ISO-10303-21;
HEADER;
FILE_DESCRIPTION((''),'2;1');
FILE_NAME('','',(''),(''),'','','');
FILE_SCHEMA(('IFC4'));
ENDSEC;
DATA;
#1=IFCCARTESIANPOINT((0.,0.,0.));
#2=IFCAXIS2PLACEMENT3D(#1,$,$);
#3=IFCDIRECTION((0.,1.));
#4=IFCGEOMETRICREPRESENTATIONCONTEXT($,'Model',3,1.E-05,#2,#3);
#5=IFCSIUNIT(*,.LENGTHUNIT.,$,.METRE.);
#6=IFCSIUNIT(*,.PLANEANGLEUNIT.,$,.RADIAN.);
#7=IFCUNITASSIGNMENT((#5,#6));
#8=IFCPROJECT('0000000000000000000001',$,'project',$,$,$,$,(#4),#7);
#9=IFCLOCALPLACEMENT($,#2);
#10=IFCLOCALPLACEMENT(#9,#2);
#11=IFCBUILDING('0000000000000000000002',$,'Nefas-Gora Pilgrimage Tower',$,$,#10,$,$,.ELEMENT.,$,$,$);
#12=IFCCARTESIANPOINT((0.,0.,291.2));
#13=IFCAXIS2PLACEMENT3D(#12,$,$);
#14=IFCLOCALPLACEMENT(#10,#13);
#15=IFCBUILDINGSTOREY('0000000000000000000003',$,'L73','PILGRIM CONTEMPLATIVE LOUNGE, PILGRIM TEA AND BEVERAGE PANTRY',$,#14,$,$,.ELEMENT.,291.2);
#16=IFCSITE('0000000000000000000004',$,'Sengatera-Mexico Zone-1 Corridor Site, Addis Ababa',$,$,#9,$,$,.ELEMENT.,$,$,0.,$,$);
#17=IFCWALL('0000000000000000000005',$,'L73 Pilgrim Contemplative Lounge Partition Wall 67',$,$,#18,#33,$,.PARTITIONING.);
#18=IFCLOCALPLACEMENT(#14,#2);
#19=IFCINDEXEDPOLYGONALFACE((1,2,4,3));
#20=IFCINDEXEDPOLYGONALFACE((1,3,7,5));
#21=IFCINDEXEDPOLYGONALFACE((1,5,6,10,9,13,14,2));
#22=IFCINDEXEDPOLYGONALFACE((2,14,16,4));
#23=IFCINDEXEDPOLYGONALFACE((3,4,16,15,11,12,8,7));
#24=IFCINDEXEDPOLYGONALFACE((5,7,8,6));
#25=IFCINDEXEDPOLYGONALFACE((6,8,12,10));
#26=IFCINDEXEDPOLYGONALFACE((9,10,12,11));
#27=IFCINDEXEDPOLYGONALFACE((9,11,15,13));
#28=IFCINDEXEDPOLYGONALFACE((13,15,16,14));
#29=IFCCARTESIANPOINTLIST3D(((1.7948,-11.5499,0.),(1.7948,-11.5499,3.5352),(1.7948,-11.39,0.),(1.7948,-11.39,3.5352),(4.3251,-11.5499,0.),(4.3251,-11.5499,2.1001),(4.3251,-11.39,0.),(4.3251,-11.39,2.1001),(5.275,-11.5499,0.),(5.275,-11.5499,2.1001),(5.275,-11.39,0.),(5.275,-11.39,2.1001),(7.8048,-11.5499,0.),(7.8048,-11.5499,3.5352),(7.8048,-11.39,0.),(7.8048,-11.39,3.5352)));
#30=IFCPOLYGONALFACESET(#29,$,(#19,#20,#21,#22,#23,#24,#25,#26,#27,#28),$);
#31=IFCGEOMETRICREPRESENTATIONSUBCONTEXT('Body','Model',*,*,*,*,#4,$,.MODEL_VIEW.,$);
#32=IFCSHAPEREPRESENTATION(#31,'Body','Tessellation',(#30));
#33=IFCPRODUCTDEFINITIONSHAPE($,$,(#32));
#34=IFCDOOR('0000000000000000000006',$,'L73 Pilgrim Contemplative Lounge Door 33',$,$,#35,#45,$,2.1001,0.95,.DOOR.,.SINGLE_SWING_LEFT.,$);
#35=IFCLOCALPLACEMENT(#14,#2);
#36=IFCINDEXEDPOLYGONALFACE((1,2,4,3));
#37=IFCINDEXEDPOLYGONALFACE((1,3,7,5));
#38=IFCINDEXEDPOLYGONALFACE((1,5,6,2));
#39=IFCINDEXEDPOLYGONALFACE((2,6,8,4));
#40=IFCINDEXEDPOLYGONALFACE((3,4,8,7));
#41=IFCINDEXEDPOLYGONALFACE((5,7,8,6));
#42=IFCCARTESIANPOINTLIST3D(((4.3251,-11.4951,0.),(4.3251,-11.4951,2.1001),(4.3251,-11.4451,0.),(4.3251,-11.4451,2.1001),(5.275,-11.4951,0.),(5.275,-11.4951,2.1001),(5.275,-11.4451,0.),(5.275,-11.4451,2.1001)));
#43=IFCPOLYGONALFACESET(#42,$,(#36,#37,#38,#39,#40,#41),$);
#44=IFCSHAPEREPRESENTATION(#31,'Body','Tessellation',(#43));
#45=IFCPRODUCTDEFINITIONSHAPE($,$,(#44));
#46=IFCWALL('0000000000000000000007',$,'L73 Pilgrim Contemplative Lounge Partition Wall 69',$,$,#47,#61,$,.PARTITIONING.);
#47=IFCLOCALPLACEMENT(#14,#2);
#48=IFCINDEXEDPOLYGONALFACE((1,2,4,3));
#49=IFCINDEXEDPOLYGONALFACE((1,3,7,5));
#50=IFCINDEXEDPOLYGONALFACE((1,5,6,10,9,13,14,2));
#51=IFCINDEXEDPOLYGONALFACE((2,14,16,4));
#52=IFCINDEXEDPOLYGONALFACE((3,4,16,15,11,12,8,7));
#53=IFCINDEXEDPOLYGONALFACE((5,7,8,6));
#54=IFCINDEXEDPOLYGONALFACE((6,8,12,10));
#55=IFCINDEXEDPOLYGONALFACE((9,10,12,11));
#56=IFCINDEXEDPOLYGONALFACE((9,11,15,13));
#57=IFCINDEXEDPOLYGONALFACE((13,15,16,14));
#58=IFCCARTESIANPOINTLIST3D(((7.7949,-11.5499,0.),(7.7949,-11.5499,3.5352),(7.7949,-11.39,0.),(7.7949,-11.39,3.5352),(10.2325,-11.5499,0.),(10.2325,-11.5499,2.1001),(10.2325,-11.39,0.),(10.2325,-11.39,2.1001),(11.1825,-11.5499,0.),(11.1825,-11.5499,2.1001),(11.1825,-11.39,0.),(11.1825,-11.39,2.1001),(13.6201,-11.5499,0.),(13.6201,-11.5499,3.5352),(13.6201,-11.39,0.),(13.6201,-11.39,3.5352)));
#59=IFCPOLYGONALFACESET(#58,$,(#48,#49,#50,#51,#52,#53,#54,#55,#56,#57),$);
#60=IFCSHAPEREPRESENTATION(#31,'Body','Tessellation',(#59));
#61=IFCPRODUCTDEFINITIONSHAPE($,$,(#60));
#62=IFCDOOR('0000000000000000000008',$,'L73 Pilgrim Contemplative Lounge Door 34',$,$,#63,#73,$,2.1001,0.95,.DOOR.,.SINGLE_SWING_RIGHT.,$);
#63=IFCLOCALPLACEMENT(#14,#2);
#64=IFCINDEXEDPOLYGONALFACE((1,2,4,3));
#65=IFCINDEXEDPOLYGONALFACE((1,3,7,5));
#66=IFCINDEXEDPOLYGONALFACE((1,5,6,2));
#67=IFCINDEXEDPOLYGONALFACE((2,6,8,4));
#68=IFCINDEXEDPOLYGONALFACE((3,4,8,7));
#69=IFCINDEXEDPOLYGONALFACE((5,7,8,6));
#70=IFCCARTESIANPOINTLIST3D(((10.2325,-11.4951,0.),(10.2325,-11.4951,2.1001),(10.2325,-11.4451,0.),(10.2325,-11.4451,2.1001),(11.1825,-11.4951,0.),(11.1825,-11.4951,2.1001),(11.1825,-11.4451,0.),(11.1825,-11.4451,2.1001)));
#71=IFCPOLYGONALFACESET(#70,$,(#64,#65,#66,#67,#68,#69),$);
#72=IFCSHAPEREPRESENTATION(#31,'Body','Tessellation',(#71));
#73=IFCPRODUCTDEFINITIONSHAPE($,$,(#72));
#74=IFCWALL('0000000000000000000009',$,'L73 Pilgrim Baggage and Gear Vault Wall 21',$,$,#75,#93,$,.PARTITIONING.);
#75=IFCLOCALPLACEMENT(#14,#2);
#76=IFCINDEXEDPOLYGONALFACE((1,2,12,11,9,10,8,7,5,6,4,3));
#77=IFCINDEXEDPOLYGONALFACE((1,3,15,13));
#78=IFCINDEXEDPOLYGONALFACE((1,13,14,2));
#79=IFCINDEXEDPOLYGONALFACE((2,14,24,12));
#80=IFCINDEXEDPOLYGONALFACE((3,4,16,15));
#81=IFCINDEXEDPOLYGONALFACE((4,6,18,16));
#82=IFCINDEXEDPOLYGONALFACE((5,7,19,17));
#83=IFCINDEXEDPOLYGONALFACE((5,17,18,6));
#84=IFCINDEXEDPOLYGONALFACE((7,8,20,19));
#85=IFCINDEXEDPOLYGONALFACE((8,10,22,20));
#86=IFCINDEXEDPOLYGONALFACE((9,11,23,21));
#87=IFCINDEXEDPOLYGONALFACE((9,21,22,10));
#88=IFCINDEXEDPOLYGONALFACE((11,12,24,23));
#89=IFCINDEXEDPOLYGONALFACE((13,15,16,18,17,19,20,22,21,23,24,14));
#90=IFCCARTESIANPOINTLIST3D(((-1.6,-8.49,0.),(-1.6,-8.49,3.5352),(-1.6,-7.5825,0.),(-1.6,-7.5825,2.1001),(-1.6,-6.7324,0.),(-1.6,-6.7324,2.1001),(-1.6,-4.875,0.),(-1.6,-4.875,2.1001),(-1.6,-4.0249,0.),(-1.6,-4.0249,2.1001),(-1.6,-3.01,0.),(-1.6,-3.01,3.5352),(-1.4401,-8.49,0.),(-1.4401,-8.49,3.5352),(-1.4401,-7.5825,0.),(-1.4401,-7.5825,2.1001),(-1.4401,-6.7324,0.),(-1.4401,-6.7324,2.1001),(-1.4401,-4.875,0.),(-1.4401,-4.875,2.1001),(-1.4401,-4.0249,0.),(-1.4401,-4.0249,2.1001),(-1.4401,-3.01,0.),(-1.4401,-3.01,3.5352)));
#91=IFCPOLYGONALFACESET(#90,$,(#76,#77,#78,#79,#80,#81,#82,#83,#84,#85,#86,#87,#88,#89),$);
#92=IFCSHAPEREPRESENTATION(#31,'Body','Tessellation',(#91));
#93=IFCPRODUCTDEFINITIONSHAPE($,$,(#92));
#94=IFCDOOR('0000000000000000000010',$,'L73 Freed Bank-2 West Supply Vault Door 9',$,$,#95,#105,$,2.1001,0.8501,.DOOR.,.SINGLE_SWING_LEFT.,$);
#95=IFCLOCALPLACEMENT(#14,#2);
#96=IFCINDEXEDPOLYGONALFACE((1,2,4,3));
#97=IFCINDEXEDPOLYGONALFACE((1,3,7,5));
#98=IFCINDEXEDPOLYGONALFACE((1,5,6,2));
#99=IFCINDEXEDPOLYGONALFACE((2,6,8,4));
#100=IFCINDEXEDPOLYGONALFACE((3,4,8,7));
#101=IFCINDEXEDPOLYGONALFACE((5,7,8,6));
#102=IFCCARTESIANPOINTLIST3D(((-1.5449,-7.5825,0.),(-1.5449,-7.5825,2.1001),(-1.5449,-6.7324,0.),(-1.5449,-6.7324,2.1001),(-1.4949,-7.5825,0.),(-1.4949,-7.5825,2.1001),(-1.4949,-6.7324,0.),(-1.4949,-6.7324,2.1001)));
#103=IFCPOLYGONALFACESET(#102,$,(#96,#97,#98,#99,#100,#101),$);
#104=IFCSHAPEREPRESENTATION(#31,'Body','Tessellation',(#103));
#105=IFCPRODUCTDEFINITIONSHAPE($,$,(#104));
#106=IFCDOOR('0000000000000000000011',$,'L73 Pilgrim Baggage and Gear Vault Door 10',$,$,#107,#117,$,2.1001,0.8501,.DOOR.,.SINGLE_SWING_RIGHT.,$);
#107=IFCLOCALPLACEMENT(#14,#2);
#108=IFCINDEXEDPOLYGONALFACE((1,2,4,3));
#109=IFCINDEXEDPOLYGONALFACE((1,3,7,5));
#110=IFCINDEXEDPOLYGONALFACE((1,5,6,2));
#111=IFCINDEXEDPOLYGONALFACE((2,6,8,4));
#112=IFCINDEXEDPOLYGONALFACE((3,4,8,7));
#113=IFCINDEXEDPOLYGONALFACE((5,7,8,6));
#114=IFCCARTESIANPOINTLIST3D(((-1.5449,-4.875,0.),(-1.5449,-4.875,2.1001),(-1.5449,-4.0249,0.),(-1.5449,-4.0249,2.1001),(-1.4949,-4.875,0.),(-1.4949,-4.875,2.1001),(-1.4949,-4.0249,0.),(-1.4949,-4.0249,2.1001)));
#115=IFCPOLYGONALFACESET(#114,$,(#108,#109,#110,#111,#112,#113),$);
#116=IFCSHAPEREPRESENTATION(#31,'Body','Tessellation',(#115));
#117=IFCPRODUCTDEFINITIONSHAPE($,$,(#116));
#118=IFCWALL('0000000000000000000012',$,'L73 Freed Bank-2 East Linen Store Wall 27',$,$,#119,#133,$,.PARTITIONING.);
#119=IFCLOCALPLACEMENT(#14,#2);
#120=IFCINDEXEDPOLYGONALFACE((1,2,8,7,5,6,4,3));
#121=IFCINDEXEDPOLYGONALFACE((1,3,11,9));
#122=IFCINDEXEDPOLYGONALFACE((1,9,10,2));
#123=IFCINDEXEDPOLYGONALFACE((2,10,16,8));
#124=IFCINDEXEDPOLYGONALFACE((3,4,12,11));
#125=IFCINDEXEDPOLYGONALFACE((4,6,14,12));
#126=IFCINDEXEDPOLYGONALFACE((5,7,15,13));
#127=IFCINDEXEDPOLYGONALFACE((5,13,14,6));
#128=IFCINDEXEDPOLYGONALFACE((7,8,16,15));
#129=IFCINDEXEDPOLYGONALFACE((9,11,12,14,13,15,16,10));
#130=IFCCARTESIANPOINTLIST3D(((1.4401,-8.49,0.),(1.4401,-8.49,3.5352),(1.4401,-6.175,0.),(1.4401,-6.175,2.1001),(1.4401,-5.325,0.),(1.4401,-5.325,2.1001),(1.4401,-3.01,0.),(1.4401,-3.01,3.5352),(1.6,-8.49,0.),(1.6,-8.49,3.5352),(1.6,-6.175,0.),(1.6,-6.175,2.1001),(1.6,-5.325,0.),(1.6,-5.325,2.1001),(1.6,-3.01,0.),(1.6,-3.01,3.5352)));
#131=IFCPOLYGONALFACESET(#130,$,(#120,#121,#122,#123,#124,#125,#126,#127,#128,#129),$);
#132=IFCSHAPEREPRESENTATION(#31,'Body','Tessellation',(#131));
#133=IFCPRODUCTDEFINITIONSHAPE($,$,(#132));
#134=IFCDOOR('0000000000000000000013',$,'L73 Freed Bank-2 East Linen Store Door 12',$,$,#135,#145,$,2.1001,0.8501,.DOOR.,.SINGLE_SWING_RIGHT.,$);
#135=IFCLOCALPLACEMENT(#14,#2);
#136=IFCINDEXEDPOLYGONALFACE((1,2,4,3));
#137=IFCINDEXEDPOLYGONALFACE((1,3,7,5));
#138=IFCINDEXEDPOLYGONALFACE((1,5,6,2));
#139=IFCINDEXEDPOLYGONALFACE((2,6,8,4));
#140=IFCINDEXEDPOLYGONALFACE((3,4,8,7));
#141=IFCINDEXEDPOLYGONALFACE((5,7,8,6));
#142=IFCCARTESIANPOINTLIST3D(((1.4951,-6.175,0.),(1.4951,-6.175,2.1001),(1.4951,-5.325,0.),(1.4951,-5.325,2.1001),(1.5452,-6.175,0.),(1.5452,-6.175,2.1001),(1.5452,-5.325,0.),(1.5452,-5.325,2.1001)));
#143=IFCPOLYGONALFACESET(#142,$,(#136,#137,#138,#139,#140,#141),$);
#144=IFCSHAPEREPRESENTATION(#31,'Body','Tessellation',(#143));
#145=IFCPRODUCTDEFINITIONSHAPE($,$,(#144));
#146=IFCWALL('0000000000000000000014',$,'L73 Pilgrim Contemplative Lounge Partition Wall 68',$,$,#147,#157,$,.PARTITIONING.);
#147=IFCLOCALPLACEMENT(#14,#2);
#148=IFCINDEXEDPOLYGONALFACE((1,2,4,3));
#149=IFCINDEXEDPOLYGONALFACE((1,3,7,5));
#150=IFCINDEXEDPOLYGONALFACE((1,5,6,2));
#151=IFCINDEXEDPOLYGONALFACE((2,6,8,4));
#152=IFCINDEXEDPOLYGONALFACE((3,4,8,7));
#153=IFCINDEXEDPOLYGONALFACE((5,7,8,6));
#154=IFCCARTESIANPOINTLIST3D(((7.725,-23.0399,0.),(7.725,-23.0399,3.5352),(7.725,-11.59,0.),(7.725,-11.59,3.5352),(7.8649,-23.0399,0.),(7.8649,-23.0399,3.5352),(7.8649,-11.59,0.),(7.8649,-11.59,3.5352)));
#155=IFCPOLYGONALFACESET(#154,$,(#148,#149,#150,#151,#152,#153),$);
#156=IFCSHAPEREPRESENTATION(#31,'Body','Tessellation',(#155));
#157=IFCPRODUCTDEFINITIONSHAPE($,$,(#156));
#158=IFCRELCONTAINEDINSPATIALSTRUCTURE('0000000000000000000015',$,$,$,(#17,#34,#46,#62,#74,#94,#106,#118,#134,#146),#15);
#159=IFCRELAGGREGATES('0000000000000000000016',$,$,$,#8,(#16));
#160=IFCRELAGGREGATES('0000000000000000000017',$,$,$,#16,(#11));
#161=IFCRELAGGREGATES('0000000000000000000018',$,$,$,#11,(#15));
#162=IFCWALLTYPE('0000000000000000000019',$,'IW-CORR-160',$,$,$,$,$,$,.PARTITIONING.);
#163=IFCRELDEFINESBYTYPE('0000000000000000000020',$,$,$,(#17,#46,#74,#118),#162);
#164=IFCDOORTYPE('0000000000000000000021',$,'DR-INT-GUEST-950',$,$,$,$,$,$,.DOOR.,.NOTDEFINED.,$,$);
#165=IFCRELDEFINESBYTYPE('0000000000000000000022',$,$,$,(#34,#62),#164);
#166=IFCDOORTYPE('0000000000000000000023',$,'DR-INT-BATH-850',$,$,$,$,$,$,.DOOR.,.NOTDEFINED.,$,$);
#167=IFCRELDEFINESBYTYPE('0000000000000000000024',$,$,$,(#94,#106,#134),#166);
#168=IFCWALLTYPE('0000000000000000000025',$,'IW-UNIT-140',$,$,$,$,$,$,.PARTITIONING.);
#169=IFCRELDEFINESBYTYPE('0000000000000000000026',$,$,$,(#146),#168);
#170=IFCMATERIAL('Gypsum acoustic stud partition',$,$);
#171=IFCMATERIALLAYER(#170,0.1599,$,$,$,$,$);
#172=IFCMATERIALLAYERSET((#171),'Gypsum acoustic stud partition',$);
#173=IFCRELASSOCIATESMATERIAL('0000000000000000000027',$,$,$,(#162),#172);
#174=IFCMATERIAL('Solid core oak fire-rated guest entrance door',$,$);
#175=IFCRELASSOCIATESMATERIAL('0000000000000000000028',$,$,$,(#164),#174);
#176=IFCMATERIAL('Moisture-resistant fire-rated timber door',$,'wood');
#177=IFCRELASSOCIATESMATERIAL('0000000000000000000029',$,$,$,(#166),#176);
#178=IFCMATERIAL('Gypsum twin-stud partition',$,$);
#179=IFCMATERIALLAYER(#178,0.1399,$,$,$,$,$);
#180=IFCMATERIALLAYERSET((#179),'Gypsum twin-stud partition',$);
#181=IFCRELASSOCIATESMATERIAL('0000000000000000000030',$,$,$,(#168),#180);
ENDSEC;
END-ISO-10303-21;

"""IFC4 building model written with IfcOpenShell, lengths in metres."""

from ifc_helpers import new_model, si_unit, direction, frame, frame_2d, origin, place, context, subcontext, project, spatial, rectangle, extrude, source, transform, mapped, material, layer, layer_set, type_object, element, fill, save


model = new_model("IFC4")

# Units and contexts
model_context = context("Model", 3, precision=1e-05, world=origin(), true_north=direction((0.0, 1.0)))
body_context = subcontext(model_context, "Body", "Model", "MODEL_VIEW")
ifc_project = project(units=[si_unit("LENGTHUNIT", "METRE"), si_unit("PLANEANGLEUNIT", "RADIAN")], contexts=[model_context])

# Site, building, storey
site_placement = place(None, origin())
site = spatial("IfcSite", under=ifc_project, at=site_placement, Name="Sengatera-Mexico Zone-1 Corridor Site, Addis Ababa", CompositionType="ELEMENT", RefElevation=0.0)
building_placement = place(site_placement, origin())
building = spatial("IfcBuilding", under=site, at=building_placement, Name="Nefas-Gora Pilgrimage Tower", CompositionType="ELEMENT")
storey_placement = place(building_placement, frame((0.0, 0.0, 291.2)))
storey = spatial("IfcBuildingStorey", under=building, at=storey_placement, Name="L73", Description="PILGRIM CONTEMPLATIVE LOUNGE, PILGRIM TEA AND BEVERAGE PANTRY", CompositionType="ELEMENT", Elevation=291.2)

# Walls, openings, doors
ifc_material_1 = material(Name="Gypsum acoustic stud partition")
ifc_layer_1 = layer(ifc_material_1, 0.1599)
ifc_layer_set_1 = layer_set([ifc_layer_1], Name="Gypsum acoustic stud partition")
wall_type_1 = type_object("IfcWallType", Name="IW-CORR-160", PredefinedType="PARTITIONING", material=ifc_layer_set_1)
shared_shape_1 = source(origin(), body_context, "Body", "SweptSolid", [
    extrude(rectangle(XDim=6.01, YDim=0.1599, at=frame_2d((3.0049, 0.0))), origin(), (0.0, 0.0, 1.0), 3.5352),
])
wall_1_placement = place(storey_placement, frame((1.7949, -11.47, 0.0), z_axis=(0.0, 0.0, 1.0), x_axis=(1.0, 0.0, 0.0)))
wall_1 = element("IfcWall", 1, at=wall_1_placement, inside=storey, type_object=wall_type_1, Name="L73 Pilgrim Contemplative Lounge Partition Wall 67", PredefinedType="PARTITIONING", context=body_context, shape_type="MappedRepresentation", body=[
    mapped(shared_shape_1, transform((0.0, 0.0, 0.0), x_axis=(1.0, 0.0, 0.0), y_axis=(0.0, 1.0, 0.0), z_axis=(0.0, 0.0, 1.0), scale=1.0)),
])
opening_1_placement = place(wall_1_placement, frame((2.53, 0.0, 0.0)))
opening_1 = element("IfcOpeningElement", 2, at=opening_1_placement, cuts=wall_1, PredefinedType="OPENING", context=body_context, shape_type="SweptSolid", body=[
    extrude(rectangle(XDim=0.95, YDim=2.1001, at=frame_2d((0.4751, 1.05))), frame((0.0, 0.0898, 0.0), z_axis=(0.0, -1.0, 0.0), x_axis=(1.0, 0.0, 0.0)), (0.0, 0.0, 1.0), 0.1799),
])
ifc_material_2 = material(Name="Solid core oak fire-rated guest entrance door")
door_type_1 = type_object("IfcDoorType", Name="DR-INT-GUEST-950", OperationType="NOTDEFINED", PredefinedType="DOOR", material=ifc_material_2)
shared_shape_2 = source(origin(), body_context, "Body", "SweptSolid", [
    extrude(rectangle(XDim=0.95, YDim=2.1001, at=frame_2d((0.4751, 1.05))), frame((0.0, 0.0249, 0.0), z_axis=(0.0, -1.0, 0.0), x_axis=(1.0, 0.0, 0.0)), (0.0, 0.0, 1.0), 0.05),
])
door_1_placement = place(opening_1_placement, origin())
door_1 = element("IfcDoor", 3, at=door_1_placement, inside=storey, type_object=door_type_1, Name="L73 Pilgrim Contemplative Lounge Door 33", OperationType="SINGLE_SWING_LEFT", OverallHeight=2.1001, OverallWidth=0.95, PredefinedType="DOOR", context=body_context, shape_type="MappedRepresentation", body=[
    mapped(shared_shape_2, transform((0.0, 0.0, 0.0), x_axis=(1.0, 0.0, 0.0), y_axis=(0.0, 1.0, 0.0), z_axis=(0.0, 0.0, 1.0), scale=1.0)),
])
fill(opening_1, door_1)
shared_shape_3 = source(origin(), body_context, "Body", "SweptSolid", [
    extrude(rectangle(XDim=5.8252, YDim=0.1599, at=frame_2d((2.9126, 0.0))), origin(), (0.0, 0.0, 1.0), 3.5352),
])
wall_2_placement = place(storey_placement, frame((7.7949, -11.47, 0.0), z_axis=(0.0, 0.0, 1.0), x_axis=(1.0, 0.0, 0.0)))
wall_2 = element("IfcWall", 4, at=wall_2_placement, inside=storey, type_object=wall_type_1, Name="L73 Pilgrim Contemplative Lounge Partition Wall 69", PredefinedType="PARTITIONING", context=body_context, shape_type="MappedRepresentation", body=[
    mapped(shared_shape_3, transform((0.0, 0.0, 0.0), x_axis=(1.0, 0.0, 0.0), y_axis=(0.0, 1.0, 0.0), z_axis=(0.0, 0.0, 1.0), scale=1.0)),
])
opening_2_placement = place(wall_2_placement, frame((2.4375, 0.0, 0.0)))
opening_2 = element("IfcOpeningElement", 5, at=opening_2_placement, cuts=wall_2, PredefinedType="OPENING", context=body_context, shape_type="SweptSolid", body=[
    extrude(rectangle(XDim=0.95, YDim=2.1001, at=frame_2d((0.4751, 1.05))), frame((0.0, 0.0898, 0.0), z_axis=(0.0, -1.0, 0.0), x_axis=(1.0, 0.0, 0.0)), (0.0, 0.0, 1.0), 0.1799),
])
door_2_placement = place(opening_2_placement, origin())
door_2 = element("IfcDoor", 6, at=door_2_placement, inside=storey, type_object=door_type_1, Name="L73 Pilgrim Contemplative Lounge Door 34", OperationType="SINGLE_SWING_RIGHT", OverallHeight=2.1001, OverallWidth=0.95, PredefinedType="DOOR", context=body_context, shape_type="MappedRepresentation", body=[
    mapped(shared_shape_2, transform((0.0, 0.0, 0.0), x_axis=(1.0, 0.0, 0.0), y_axis=(0.0, 1.0, 0.0), z_axis=(0.0, 0.0, 1.0), scale=1.0)),
])
fill(opening_2, door_2)

# Wall, openings, doors
shared_shape_4 = source(origin(), body_context, "Body", "SweptSolid", [
    extrude(rectangle(XDim=5.48, YDim=0.1599, at=frame_2d((2.74, 0.0))), origin(), (0.0, 0.0, 1.0), 3.5352),
])
wall_3_placement = place(storey_placement, frame((-1.52, -8.49, 0.0), z_axis=(0.0, 0.0, 1.0), x_axis=(0.0, 1.0, 0.0)))
wall_3 = element("IfcWall", 7, at=wall_3_placement, inside=storey, type_object=wall_type_1, Name="L73 Pilgrim Baggage and Gear Vault Wall 21", PredefinedType="PARTITIONING", context=body_context, shape_type="MappedRepresentation", body=[
    mapped(shared_shape_4, transform((0.0, 0.0, 0.0), x_axis=(1.0, 0.0, 0.0), y_axis=(0.0, 1.0, 0.0), z_axis=(0.0, 0.0, 1.0), scale=1.0)),
])
opening_3_placement = place(wall_3_placement, frame((0.9075, 0.0, 0.0)))
opening_3 = element("IfcOpeningElement", 8, at=opening_3_placement, cuts=wall_3, PredefinedType="OPENING", context=body_context, shape_type="SweptSolid", body=[
    extrude(rectangle(XDim=0.8501, YDim=2.1001, at=frame_2d((0.425, 1.05))), frame((0.0, 0.0898, 0.0), z_axis=(0.0, -1.0, 0.0), x_axis=(1.0, 0.0, 0.0)), (0.0, 0.0, 1.0), 0.1799),
])
opening_4_placement = place(wall_3_placement, frame((3.615, 0.0, 0.0)))
opening_4 = element("IfcOpeningElement", 9, at=opening_4_placement, cuts=wall_3, PredefinedType="OPENING", context=body_context, shape_type="SweptSolid", body=[
    extrude(rectangle(XDim=0.8501, YDim=2.1001, at=frame_2d((0.425, 1.05))), frame((0.0, 0.0898, 0.0), z_axis=(0.0, -1.0, 0.0), x_axis=(1.0, 0.0, 0.0)), (0.0, 0.0, 1.0), 0.1799),
])
ifc_material_3 = material(Name="Moisture-resistant fire-rated timber door", Category="wood")
door_type_2 = type_object("IfcDoorType", Name="DR-INT-BATH-850", OperationType="NOTDEFINED", PredefinedType="DOOR", material=ifc_material_3)
shared_shape_5 = source(origin(), body_context, "Body", "SweptSolid", [
    extrude(rectangle(XDim=0.8501, YDim=2.1001, at=frame_2d((0.425, 1.05))), frame((0.0, 0.0249, 0.0), z_axis=(0.0, -1.0, 0.0), x_axis=(1.0, 0.0, 0.0)), (0.0, 0.0, 1.0), 0.05),
])
door_3_placement = place(opening_3_placement, origin())
door_3 = element("IfcDoor", 10, at=door_3_placement, inside=storey, type_object=door_type_2, Name="L73 Freed Bank-2 West Supply Vault Door 9", OperationType="SINGLE_SWING_LEFT", OverallHeight=2.1001, OverallWidth=0.8501, PredefinedType="DOOR", context=body_context, shape_type="MappedRepresentation", body=[
    mapped(shared_shape_5, transform((0.0, 0.0, 0.0), x_axis=(1.0, 0.0, 0.0), y_axis=(0.0, 1.0, 0.0), z_axis=(0.0, 0.0, 1.0), scale=1.0)),
])
fill(opening_3, door_3)
door_4_placement = place(opening_4_placement, origin())
door_4 = element("IfcDoor", 11, at=door_4_placement, inside=storey, type_object=door_type_2, Name="L73 Pilgrim Baggage and Gear Vault Door 10", OperationType="SINGLE_SWING_RIGHT", OverallHeight=2.1001, OverallWidth=0.8501, PredefinedType="DOOR", context=body_context, shape_type="MappedRepresentation", body=[
    mapped(shared_shape_5, transform((0.0, 0.0, 0.0), x_axis=(1.0, 0.0, 0.0), y_axis=(0.0, 1.0, 0.0), z_axis=(0.0, 0.0, 1.0), scale=1.0)),
])
fill(opening_4, door_4)

# Wall, opening, door
wall_4_placement = place(storey_placement, frame((1.52, -8.49, 0.0), z_axis=(0.0, 0.0, 1.0), x_axis=(0.0, 1.0, 0.0)))
wall_4 = element("IfcWall", 12, at=wall_4_placement, inside=storey, type_object=wall_type_1, Name="L73 Freed Bank-2 East Linen Store Wall 27", PredefinedType="PARTITIONING", context=body_context, shape_type="MappedRepresentation", body=[
    mapped(shared_shape_4, transform((0.0, 0.0, 0.0), x_axis=(1.0, 0.0, 0.0), y_axis=(0.0, 1.0, 0.0), z_axis=(0.0, 0.0, 1.0), scale=1.0)),
])
opening_5_placement = place(wall_4_placement, frame((2.3149, 0.0, 0.0)))
opening_5 = element("IfcOpeningElement", 13, at=opening_5_placement, cuts=wall_4, PredefinedType="OPENING", context=body_context, shape_type="SweptSolid", body=[
    extrude(rectangle(XDim=0.8501, YDim=2.1001, at=frame_2d((0.425, 1.05))), frame((0.0, 0.0898, 0.0), z_axis=(0.0, -1.0, 0.0), x_axis=(1.0, 0.0, 0.0)), (0.0, 0.0, 1.0), 0.1799),
])
door_5_placement = place(opening_5_placement, origin())
door_5 = element("IfcDoor", 14, at=door_5_placement, inside=storey, type_object=door_type_2, Name="L73 Freed Bank-2 East Linen Store Door 12", OperationType="SINGLE_SWING_RIGHT", OverallHeight=2.1001, OverallWidth=0.8501, PredefinedType="DOOR", context=body_context, shape_type="MappedRepresentation", body=[
    mapped(shared_shape_5, transform((0.0, 0.0, 0.0), x_axis=(1.0, 0.0, 0.0), y_axis=(0.0, 1.0, 0.0), z_axis=(0.0, 0.0, 1.0), scale=1.0)),
])
fill(opening_5, door_5)

# Wall
ifc_material_4 = material(Name="Gypsum twin-stud partition")
ifc_layer_2 = layer(ifc_material_4, 0.1399)
ifc_layer_set_2 = layer_set([ifc_layer_2], Name="Gypsum twin-stud partition")
wall_type_2 = type_object("IfcWallType", Name="IW-UNIT-140", PredefinedType="PARTITIONING", material=ifc_layer_set_2)
shared_shape_6 = source(origin(), body_context, "Body", "SweptSolid", [
    extrude(rectangle(XDim=11.45, YDim=0.1399, at=frame_2d((5.7251, 0.0))), origin(), (0.0, 0.0, 1.0), 3.5352),
])
wall_5_placement = place(storey_placement, frame((7.7949, -23.04, 0.0), z_axis=(0.0, 0.0, 1.0), x_axis=(0.0, 1.0, 0.0)))
element("IfcWall", 15, at=wall_5_placement, inside=storey, type_object=wall_type_2, Name="L73 Pilgrim Contemplative Lounge Partition Wall 68", PredefinedType="PARTITIONING", context=body_context, shape_type="MappedRepresentation", body=[
    mapped(shared_shape_6, transform((0.0, 0.0, 0.0), x_axis=(1.0, 0.0, 0.0), y_axis=(0.0, 1.0, 0.0), z_axis=(0.0, 0.0, 1.0), scale=1.0)),
])

save(model, "model.ifc")
